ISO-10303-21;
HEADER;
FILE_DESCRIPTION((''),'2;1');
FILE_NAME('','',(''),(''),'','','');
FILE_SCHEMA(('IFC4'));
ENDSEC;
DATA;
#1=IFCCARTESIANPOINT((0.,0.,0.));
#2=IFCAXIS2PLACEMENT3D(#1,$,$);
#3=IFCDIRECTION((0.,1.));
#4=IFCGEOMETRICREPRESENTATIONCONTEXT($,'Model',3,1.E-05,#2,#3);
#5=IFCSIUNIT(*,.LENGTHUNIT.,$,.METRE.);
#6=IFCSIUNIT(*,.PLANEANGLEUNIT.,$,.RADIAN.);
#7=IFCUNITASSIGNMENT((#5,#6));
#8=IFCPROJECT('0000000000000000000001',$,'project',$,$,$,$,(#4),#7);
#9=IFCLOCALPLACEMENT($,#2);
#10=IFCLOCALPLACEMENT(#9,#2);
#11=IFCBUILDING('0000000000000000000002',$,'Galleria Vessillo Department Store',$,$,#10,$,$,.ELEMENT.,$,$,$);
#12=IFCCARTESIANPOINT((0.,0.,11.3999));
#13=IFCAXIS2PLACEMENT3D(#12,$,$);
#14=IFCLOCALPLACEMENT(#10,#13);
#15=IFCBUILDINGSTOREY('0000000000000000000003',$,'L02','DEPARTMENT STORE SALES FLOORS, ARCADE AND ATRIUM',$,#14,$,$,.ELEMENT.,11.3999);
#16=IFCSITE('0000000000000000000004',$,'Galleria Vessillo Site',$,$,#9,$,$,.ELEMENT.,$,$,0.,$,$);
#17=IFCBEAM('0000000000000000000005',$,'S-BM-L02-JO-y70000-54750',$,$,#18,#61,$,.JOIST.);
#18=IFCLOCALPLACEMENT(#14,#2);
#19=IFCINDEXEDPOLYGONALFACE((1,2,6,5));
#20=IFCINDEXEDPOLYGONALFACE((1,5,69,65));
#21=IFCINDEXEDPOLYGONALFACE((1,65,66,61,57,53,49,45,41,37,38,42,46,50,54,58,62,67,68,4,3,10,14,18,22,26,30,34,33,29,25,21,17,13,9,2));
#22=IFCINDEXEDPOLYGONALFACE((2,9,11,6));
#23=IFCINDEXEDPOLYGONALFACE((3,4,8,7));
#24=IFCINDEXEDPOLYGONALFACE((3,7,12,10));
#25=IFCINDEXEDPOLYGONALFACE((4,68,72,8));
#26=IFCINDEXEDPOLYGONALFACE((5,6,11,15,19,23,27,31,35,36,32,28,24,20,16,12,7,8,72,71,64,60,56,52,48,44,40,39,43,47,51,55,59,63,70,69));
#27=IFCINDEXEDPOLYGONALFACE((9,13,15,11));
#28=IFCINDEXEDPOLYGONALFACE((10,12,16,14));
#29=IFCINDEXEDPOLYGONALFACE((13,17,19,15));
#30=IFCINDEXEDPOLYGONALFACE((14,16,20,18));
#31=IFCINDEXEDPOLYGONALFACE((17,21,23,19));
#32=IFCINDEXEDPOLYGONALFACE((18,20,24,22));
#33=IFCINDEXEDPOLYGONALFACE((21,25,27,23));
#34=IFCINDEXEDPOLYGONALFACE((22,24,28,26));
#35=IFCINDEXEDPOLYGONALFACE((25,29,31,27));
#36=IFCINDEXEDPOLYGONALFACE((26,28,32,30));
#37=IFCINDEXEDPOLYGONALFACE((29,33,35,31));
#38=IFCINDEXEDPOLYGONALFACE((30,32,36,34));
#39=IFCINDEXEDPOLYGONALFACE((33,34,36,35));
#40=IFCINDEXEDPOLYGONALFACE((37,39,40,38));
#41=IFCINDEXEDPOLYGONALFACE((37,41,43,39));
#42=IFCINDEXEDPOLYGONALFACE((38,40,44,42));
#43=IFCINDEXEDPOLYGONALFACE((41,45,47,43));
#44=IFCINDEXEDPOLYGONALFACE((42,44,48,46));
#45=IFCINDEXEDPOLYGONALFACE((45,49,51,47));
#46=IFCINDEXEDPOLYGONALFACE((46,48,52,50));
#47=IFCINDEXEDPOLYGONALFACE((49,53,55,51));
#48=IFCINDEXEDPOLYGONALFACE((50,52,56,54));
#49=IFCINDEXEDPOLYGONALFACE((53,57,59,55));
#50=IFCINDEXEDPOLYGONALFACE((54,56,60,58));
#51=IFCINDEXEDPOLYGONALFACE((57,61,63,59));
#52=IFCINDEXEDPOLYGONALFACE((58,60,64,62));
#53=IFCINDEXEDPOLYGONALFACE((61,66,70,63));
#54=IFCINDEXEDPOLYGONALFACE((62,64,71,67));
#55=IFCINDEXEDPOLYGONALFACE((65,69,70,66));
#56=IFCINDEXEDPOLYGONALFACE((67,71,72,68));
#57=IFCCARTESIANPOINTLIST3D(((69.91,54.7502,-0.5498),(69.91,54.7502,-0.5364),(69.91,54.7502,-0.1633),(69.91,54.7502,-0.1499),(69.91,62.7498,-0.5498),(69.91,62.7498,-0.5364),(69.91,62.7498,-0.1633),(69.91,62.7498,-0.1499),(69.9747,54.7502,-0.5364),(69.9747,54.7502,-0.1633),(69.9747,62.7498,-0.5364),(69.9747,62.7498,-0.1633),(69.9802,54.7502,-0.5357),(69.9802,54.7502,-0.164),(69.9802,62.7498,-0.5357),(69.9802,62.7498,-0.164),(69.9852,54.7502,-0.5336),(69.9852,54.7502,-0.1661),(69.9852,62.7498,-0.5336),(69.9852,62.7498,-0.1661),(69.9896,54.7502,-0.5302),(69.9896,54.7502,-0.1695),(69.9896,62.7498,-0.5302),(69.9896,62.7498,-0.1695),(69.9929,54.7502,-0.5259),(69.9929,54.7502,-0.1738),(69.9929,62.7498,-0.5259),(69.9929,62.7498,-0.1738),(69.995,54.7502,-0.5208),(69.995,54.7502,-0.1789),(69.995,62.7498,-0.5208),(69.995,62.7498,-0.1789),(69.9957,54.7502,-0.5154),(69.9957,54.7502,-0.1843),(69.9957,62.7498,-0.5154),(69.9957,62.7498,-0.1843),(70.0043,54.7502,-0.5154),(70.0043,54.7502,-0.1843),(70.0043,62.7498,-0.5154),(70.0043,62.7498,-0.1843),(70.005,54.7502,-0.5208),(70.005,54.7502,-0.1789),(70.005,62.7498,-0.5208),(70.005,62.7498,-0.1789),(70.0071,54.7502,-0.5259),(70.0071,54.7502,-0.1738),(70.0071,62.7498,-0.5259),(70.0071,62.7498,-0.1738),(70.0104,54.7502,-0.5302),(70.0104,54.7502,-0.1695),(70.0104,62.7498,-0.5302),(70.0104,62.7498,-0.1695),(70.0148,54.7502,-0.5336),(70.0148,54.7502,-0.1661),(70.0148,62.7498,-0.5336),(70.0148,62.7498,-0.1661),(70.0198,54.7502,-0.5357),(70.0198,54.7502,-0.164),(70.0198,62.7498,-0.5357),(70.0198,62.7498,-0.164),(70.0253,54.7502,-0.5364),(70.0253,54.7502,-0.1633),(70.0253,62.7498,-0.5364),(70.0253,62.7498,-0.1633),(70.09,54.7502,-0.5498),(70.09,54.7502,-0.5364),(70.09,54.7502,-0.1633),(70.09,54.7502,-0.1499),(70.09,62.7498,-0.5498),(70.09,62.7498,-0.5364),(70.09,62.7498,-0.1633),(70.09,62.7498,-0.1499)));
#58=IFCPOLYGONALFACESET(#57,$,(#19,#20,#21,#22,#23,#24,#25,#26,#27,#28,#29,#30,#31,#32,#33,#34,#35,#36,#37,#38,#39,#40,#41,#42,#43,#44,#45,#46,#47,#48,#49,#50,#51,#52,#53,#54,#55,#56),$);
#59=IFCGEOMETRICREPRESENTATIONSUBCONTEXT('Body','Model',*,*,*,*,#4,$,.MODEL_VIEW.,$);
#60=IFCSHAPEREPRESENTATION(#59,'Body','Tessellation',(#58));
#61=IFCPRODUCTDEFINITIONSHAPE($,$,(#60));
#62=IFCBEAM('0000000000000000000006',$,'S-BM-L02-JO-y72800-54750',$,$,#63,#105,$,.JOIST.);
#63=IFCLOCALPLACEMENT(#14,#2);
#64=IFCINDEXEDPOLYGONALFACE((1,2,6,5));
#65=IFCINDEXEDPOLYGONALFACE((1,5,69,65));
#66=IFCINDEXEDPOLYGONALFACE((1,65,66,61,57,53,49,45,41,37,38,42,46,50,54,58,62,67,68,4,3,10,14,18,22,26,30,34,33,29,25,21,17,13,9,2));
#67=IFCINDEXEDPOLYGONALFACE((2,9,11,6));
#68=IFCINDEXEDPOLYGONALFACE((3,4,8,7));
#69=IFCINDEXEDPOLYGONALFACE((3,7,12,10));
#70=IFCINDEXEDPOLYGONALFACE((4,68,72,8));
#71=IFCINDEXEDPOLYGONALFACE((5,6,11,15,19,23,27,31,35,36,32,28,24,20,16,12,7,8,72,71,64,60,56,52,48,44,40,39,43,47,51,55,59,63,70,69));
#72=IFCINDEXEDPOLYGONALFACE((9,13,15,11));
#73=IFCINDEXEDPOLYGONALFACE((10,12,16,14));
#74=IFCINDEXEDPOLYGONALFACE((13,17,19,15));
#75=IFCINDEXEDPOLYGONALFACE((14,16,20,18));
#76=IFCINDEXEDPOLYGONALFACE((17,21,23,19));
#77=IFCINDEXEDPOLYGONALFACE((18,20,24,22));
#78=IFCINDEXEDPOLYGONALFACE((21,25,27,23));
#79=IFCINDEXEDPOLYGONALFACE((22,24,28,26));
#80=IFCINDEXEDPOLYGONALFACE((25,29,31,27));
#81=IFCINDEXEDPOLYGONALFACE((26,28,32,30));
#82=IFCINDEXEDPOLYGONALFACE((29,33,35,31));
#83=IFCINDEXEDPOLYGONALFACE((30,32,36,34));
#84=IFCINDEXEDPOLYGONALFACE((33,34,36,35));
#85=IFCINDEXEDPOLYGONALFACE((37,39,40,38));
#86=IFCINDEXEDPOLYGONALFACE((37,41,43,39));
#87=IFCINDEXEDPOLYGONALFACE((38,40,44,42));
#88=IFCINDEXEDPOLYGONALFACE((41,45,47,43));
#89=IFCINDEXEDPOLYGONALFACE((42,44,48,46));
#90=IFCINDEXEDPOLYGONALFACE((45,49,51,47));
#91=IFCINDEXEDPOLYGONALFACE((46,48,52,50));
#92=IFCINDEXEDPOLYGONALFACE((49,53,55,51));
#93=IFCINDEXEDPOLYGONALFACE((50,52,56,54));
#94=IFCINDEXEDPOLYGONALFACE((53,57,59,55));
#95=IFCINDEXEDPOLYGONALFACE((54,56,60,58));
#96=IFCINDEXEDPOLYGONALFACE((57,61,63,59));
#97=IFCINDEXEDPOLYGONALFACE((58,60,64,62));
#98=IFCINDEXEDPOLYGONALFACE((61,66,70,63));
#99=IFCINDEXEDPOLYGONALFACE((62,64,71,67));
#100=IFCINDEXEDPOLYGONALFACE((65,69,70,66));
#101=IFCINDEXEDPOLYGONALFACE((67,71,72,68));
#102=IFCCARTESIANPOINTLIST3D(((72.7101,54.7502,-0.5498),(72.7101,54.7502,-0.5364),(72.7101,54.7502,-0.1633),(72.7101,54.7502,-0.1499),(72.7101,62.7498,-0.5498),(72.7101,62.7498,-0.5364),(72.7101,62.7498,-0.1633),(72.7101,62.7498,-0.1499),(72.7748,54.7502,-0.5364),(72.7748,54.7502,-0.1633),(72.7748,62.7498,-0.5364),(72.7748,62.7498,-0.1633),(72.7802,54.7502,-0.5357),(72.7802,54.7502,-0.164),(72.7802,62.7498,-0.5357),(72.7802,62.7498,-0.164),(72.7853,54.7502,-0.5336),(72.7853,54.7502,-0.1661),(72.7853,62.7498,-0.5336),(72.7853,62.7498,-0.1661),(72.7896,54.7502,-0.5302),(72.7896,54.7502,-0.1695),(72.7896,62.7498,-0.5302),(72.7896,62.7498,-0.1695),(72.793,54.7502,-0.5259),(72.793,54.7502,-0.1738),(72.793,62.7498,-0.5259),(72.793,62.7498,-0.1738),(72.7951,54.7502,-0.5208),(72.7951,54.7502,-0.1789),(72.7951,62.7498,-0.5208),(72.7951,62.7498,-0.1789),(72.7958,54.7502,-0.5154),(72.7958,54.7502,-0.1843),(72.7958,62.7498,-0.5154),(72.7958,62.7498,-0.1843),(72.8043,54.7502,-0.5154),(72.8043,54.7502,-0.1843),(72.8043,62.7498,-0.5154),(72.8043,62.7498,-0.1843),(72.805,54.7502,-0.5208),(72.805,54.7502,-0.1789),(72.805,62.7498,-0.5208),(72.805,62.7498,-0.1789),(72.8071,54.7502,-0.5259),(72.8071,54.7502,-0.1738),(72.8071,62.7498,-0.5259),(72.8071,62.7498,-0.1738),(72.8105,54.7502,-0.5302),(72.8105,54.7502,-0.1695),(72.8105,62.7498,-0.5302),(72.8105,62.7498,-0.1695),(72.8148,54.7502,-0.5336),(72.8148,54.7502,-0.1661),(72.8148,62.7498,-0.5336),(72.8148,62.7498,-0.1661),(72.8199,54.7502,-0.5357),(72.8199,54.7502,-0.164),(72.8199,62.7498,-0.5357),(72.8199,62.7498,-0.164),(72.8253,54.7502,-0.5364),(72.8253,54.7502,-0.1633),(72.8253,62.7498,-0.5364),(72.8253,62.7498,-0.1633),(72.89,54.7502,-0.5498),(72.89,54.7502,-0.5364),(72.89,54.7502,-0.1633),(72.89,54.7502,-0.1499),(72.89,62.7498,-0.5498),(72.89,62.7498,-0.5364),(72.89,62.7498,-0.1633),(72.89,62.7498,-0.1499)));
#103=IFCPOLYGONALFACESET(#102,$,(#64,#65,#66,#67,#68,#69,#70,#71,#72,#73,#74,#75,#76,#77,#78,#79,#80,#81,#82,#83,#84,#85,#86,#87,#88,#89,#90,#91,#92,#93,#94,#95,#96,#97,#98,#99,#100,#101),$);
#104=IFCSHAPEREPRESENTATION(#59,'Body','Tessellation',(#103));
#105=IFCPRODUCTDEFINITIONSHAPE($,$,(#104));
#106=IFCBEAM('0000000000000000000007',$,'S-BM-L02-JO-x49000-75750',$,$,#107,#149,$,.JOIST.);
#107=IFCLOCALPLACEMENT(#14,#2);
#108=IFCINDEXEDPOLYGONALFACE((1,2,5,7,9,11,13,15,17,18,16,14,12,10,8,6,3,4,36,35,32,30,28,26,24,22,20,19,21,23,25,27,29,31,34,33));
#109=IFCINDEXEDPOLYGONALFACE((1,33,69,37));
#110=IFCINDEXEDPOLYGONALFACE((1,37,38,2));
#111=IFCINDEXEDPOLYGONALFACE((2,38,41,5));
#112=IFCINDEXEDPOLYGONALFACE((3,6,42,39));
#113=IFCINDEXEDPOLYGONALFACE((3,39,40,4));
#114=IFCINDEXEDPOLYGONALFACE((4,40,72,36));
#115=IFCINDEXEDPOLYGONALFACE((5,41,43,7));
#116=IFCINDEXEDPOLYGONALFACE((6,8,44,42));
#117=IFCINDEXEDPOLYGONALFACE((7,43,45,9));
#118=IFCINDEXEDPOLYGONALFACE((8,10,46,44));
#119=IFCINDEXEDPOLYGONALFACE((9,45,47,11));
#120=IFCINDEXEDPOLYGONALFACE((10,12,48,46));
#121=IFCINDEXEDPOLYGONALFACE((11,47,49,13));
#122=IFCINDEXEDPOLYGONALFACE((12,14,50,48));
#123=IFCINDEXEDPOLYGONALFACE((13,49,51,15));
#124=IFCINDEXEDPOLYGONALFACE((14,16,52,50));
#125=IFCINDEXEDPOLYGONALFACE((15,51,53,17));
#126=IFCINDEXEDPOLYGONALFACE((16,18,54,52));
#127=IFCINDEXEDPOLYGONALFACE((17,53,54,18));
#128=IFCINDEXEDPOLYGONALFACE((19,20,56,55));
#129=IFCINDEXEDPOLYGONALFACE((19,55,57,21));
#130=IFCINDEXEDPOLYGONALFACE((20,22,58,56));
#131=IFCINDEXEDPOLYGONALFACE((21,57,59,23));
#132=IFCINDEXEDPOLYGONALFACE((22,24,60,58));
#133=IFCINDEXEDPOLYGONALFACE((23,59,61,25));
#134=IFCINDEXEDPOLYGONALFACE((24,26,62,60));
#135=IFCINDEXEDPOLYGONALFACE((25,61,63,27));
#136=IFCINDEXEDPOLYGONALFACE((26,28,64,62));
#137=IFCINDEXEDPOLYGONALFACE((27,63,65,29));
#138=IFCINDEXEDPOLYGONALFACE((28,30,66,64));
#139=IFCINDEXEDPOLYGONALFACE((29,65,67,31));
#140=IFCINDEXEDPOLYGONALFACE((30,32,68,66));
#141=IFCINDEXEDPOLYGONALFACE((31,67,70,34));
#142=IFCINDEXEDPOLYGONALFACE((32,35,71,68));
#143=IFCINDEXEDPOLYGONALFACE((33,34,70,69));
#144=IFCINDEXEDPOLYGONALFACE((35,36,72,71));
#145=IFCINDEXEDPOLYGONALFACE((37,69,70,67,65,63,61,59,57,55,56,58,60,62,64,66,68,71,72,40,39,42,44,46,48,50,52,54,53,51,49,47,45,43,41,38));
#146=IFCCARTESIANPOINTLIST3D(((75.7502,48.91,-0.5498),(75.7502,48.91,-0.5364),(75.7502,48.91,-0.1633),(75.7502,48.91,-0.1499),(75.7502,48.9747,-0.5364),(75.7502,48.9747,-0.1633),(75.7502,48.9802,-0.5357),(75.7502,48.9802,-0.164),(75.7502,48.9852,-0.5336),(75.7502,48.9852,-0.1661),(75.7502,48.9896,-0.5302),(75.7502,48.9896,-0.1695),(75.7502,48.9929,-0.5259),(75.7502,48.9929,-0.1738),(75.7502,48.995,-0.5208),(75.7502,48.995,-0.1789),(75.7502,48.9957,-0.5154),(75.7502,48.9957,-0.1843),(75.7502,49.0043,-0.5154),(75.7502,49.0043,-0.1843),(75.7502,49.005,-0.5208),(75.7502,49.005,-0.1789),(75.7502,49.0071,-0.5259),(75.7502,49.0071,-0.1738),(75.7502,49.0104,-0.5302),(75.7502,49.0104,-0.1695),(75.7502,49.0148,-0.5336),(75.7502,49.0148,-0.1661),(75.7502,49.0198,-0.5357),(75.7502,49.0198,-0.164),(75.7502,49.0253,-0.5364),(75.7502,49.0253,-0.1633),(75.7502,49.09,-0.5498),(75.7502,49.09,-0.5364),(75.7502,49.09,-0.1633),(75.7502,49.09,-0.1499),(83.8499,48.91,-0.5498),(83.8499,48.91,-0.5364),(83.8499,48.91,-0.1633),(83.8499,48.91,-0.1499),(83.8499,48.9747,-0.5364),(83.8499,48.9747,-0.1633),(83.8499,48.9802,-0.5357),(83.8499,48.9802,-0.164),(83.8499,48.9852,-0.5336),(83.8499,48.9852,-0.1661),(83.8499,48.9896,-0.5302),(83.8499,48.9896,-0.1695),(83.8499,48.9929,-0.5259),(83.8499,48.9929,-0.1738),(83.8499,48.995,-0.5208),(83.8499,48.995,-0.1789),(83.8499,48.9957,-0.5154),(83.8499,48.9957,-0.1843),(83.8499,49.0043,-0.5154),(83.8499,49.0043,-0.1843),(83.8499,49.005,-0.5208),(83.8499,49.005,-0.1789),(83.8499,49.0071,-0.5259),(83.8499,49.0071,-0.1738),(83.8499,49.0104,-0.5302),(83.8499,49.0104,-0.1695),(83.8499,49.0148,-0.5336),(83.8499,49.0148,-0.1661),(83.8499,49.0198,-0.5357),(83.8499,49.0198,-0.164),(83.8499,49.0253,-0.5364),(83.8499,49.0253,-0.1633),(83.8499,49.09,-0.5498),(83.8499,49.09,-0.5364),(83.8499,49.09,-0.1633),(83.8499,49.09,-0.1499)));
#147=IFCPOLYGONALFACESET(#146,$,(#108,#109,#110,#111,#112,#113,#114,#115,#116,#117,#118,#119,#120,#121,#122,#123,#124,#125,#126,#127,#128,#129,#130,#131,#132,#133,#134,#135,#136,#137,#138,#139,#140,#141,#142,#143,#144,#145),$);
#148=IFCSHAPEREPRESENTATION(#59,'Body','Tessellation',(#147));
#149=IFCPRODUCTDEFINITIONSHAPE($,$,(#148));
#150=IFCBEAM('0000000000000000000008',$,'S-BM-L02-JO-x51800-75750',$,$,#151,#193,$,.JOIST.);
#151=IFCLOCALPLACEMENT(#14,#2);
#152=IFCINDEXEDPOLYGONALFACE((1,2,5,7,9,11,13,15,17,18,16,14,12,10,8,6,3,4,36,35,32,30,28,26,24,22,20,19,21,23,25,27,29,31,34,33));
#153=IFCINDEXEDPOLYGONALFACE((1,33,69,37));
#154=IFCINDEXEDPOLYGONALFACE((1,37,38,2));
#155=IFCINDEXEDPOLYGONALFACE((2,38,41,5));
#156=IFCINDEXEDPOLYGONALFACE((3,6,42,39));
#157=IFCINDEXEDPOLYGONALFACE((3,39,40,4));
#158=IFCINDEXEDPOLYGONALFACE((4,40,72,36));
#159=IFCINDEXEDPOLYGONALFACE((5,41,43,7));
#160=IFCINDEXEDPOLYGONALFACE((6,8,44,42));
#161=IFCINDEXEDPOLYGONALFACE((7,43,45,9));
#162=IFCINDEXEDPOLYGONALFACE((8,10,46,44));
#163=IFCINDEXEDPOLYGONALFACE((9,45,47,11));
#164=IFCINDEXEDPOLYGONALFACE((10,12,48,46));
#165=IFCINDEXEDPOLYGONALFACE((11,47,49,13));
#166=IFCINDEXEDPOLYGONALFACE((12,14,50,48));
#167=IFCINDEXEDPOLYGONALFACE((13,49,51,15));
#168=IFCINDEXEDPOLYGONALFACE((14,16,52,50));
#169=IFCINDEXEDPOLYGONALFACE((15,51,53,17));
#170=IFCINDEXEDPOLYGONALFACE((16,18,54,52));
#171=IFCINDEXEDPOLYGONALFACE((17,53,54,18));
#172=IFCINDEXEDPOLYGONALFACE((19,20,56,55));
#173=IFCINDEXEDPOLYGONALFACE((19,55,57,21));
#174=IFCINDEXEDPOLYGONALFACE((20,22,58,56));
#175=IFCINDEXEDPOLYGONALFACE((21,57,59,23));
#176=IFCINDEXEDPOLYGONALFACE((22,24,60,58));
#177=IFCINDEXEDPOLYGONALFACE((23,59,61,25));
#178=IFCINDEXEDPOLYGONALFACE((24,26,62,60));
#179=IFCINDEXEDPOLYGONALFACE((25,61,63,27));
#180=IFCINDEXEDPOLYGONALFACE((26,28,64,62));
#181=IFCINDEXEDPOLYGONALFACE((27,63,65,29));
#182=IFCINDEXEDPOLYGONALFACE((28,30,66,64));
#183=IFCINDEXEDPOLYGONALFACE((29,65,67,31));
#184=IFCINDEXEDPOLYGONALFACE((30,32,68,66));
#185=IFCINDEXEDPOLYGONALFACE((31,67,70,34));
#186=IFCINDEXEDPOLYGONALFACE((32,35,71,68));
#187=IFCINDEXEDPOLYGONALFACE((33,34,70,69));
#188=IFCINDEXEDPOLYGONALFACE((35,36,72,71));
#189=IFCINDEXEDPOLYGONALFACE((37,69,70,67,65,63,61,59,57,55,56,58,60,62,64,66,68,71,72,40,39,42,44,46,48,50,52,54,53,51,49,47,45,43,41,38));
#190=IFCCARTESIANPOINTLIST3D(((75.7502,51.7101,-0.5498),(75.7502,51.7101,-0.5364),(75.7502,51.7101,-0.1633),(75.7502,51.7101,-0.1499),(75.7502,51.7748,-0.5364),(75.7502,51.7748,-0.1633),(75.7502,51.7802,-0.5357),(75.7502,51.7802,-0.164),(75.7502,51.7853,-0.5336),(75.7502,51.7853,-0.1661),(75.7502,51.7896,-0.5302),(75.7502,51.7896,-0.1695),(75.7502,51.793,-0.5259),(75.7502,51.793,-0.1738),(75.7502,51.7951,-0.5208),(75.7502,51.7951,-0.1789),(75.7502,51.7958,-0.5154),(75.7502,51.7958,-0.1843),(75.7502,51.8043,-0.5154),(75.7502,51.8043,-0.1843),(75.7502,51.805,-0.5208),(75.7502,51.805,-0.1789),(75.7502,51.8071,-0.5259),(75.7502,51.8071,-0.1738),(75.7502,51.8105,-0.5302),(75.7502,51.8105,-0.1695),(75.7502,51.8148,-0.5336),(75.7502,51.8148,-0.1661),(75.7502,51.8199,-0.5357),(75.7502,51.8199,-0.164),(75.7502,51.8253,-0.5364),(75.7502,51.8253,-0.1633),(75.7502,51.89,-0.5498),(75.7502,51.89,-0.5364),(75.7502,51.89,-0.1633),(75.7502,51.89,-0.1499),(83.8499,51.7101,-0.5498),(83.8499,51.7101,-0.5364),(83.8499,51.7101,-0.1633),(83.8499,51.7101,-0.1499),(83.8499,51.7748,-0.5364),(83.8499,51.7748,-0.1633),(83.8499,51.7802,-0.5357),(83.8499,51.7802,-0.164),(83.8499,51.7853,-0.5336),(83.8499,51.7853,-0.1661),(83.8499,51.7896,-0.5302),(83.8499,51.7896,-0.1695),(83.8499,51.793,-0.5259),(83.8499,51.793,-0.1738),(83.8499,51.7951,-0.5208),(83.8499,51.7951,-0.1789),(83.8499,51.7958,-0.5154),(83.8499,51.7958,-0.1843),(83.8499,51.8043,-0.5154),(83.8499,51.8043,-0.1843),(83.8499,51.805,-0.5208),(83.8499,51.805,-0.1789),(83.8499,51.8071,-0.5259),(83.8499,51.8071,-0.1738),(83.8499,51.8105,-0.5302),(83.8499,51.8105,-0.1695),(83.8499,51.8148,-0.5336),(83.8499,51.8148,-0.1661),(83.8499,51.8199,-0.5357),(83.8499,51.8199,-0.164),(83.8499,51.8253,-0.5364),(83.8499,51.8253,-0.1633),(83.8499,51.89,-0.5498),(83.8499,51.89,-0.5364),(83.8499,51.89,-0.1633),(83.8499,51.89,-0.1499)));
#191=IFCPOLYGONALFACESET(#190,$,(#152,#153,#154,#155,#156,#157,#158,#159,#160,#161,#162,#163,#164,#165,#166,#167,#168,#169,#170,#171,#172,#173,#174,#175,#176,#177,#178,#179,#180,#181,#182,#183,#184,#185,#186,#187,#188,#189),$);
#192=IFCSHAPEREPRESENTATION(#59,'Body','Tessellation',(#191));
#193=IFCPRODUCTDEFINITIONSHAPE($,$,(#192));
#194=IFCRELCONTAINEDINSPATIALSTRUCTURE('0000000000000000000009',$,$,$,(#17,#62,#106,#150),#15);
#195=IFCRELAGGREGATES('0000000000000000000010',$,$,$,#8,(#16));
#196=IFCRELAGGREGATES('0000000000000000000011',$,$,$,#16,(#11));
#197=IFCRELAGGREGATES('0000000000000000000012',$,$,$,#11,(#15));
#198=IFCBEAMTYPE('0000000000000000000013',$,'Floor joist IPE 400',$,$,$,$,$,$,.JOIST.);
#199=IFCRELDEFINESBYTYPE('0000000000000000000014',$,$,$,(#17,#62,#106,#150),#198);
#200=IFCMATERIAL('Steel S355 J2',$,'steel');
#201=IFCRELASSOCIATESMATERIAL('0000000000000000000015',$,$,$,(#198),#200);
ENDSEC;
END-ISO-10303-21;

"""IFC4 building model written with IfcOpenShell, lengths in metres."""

from ifc_helpers import new_model, si_unit, direction, frame, origin, origin_2d, place, context, subcontext, project, spatial, i_section, extrude, material, material_profile, profile_set, type_object, element, save


model = new_model("IFC4")

# Units and contexts
model_context = context("Model", 3, precision=1e-05, world=origin(), true_north=direction((0.0, 1.0)))
body_context = subcontext(model_context, "Body", "Model", "MODEL_VIEW")
ifc_project = project(units=[si_unit("LENGTHUNIT", "METRE"), si_unit("PLANEANGLEUNIT", "RADIAN")], contexts=[model_context])

# Site, building, storey
site_placement = place(None, origin())
site = spatial("IfcSite", under=ifc_project, at=site_placement, Name="Galleria Vessillo Site", CompositionType="ELEMENT", RefElevation=0.0)
building_placement = place(site_placement, origin())
building = spatial("IfcBuilding", under=site, at=building_placement, Name="Galleria Vessillo Department Store", CompositionType="ELEMENT")
storey_placement = place(building_placement, frame((0.0, 0.0, 11.3999)))
storey = spatial("IfcBuildingStorey", under=building, at=storey_placement, Name="L02", Description="DEPARTMENT STORE SALES FLOORS, ARCADE AND ATRIUM", CompositionType="ELEMENT", Elevation=11.3999)

# Beams
ifc_material_1 = material(Name="Steel S355 J2", Category="steel")
ifc_material_profile_1 = material_profile(ifc_material_1, i_section(OverallWidth=0.1799, OverallDepth=0.3999, WebThickness=0.0085, FlangeThickness=0.0134, FilletRadius=0.021, at=origin_2d()), Name="IPE 400")
ifc_profile_set_1 = profile_set([ifc_material_profile_1], Name="Steel S355 J2")
beam_type_1 = type_object("IfcBeamType", Name="Floor joist IPE 400", PredefinedType="JOIST", material=ifc_profile_set_1)
for number, where, z_axis, x_axis, name in (
    (1, (70.0, 54.7502, -0.3499), (0.0, 1.0, 0.0), (-1.0, 0.0, 0.0), "S-BM-L02-JO-y70000-54750"),
    (2, (72.8, 54.7502, -0.3499), (0.0, 1.0, 0.0), (-1.0, 0.0, 0.0), "S-BM-L02-JO-y72800-54750"),
):
    element("IfcBeam", number, at=place(storey_placement, frame(where, z_axis=z_axis, x_axis=x_axis)), inside=storey, type_object=beam_type_1, Name=name, PredefinedType="JOIST", context=body_context, shape_type="SweptSolid", body=[
        extrude(i_section(OverallWidth=0.1799, OverallDepth=0.3999, WebThickness=0.0085, FlangeThickness=0.0134, FilletRadius=0.021, at=origin_2d()), origin(), (0.0, 0.0, 1.0), 7.9995),
    ])
for number, where, z_axis, x_axis, name in (
    (3, (75.7502, 49.0, -0.3499), (1.0, 0.0, 0.0), (0.0, 1.0, 0.0), "S-BM-L02-JO-x49000-75750"),
    (4, (75.7502, 51.8, -0.3499), (1.0, 0.0, 0.0), (0.0, 1.0, 0.0), "S-BM-L02-JO-x51800-75750"),
):
    element("IfcBeam", number, at=place(storey_placement, frame(where, z_axis=z_axis, x_axis=x_axis)), inside=storey, type_object=beam_type_1, Name=name, PredefinedType="JOIST", context=body_context, shape_type="SweptSolid", body=[
        extrude(i_section(OverallWidth=0.1799, OverallDepth=0.3999, WebThickness=0.0085, FlangeThickness=0.0134, FilletRadius=0.021, at=origin_2d()), origin(), (0.0, 0.0, 1.0), 8.0996),
    ])

save(model, "model.ifc")
